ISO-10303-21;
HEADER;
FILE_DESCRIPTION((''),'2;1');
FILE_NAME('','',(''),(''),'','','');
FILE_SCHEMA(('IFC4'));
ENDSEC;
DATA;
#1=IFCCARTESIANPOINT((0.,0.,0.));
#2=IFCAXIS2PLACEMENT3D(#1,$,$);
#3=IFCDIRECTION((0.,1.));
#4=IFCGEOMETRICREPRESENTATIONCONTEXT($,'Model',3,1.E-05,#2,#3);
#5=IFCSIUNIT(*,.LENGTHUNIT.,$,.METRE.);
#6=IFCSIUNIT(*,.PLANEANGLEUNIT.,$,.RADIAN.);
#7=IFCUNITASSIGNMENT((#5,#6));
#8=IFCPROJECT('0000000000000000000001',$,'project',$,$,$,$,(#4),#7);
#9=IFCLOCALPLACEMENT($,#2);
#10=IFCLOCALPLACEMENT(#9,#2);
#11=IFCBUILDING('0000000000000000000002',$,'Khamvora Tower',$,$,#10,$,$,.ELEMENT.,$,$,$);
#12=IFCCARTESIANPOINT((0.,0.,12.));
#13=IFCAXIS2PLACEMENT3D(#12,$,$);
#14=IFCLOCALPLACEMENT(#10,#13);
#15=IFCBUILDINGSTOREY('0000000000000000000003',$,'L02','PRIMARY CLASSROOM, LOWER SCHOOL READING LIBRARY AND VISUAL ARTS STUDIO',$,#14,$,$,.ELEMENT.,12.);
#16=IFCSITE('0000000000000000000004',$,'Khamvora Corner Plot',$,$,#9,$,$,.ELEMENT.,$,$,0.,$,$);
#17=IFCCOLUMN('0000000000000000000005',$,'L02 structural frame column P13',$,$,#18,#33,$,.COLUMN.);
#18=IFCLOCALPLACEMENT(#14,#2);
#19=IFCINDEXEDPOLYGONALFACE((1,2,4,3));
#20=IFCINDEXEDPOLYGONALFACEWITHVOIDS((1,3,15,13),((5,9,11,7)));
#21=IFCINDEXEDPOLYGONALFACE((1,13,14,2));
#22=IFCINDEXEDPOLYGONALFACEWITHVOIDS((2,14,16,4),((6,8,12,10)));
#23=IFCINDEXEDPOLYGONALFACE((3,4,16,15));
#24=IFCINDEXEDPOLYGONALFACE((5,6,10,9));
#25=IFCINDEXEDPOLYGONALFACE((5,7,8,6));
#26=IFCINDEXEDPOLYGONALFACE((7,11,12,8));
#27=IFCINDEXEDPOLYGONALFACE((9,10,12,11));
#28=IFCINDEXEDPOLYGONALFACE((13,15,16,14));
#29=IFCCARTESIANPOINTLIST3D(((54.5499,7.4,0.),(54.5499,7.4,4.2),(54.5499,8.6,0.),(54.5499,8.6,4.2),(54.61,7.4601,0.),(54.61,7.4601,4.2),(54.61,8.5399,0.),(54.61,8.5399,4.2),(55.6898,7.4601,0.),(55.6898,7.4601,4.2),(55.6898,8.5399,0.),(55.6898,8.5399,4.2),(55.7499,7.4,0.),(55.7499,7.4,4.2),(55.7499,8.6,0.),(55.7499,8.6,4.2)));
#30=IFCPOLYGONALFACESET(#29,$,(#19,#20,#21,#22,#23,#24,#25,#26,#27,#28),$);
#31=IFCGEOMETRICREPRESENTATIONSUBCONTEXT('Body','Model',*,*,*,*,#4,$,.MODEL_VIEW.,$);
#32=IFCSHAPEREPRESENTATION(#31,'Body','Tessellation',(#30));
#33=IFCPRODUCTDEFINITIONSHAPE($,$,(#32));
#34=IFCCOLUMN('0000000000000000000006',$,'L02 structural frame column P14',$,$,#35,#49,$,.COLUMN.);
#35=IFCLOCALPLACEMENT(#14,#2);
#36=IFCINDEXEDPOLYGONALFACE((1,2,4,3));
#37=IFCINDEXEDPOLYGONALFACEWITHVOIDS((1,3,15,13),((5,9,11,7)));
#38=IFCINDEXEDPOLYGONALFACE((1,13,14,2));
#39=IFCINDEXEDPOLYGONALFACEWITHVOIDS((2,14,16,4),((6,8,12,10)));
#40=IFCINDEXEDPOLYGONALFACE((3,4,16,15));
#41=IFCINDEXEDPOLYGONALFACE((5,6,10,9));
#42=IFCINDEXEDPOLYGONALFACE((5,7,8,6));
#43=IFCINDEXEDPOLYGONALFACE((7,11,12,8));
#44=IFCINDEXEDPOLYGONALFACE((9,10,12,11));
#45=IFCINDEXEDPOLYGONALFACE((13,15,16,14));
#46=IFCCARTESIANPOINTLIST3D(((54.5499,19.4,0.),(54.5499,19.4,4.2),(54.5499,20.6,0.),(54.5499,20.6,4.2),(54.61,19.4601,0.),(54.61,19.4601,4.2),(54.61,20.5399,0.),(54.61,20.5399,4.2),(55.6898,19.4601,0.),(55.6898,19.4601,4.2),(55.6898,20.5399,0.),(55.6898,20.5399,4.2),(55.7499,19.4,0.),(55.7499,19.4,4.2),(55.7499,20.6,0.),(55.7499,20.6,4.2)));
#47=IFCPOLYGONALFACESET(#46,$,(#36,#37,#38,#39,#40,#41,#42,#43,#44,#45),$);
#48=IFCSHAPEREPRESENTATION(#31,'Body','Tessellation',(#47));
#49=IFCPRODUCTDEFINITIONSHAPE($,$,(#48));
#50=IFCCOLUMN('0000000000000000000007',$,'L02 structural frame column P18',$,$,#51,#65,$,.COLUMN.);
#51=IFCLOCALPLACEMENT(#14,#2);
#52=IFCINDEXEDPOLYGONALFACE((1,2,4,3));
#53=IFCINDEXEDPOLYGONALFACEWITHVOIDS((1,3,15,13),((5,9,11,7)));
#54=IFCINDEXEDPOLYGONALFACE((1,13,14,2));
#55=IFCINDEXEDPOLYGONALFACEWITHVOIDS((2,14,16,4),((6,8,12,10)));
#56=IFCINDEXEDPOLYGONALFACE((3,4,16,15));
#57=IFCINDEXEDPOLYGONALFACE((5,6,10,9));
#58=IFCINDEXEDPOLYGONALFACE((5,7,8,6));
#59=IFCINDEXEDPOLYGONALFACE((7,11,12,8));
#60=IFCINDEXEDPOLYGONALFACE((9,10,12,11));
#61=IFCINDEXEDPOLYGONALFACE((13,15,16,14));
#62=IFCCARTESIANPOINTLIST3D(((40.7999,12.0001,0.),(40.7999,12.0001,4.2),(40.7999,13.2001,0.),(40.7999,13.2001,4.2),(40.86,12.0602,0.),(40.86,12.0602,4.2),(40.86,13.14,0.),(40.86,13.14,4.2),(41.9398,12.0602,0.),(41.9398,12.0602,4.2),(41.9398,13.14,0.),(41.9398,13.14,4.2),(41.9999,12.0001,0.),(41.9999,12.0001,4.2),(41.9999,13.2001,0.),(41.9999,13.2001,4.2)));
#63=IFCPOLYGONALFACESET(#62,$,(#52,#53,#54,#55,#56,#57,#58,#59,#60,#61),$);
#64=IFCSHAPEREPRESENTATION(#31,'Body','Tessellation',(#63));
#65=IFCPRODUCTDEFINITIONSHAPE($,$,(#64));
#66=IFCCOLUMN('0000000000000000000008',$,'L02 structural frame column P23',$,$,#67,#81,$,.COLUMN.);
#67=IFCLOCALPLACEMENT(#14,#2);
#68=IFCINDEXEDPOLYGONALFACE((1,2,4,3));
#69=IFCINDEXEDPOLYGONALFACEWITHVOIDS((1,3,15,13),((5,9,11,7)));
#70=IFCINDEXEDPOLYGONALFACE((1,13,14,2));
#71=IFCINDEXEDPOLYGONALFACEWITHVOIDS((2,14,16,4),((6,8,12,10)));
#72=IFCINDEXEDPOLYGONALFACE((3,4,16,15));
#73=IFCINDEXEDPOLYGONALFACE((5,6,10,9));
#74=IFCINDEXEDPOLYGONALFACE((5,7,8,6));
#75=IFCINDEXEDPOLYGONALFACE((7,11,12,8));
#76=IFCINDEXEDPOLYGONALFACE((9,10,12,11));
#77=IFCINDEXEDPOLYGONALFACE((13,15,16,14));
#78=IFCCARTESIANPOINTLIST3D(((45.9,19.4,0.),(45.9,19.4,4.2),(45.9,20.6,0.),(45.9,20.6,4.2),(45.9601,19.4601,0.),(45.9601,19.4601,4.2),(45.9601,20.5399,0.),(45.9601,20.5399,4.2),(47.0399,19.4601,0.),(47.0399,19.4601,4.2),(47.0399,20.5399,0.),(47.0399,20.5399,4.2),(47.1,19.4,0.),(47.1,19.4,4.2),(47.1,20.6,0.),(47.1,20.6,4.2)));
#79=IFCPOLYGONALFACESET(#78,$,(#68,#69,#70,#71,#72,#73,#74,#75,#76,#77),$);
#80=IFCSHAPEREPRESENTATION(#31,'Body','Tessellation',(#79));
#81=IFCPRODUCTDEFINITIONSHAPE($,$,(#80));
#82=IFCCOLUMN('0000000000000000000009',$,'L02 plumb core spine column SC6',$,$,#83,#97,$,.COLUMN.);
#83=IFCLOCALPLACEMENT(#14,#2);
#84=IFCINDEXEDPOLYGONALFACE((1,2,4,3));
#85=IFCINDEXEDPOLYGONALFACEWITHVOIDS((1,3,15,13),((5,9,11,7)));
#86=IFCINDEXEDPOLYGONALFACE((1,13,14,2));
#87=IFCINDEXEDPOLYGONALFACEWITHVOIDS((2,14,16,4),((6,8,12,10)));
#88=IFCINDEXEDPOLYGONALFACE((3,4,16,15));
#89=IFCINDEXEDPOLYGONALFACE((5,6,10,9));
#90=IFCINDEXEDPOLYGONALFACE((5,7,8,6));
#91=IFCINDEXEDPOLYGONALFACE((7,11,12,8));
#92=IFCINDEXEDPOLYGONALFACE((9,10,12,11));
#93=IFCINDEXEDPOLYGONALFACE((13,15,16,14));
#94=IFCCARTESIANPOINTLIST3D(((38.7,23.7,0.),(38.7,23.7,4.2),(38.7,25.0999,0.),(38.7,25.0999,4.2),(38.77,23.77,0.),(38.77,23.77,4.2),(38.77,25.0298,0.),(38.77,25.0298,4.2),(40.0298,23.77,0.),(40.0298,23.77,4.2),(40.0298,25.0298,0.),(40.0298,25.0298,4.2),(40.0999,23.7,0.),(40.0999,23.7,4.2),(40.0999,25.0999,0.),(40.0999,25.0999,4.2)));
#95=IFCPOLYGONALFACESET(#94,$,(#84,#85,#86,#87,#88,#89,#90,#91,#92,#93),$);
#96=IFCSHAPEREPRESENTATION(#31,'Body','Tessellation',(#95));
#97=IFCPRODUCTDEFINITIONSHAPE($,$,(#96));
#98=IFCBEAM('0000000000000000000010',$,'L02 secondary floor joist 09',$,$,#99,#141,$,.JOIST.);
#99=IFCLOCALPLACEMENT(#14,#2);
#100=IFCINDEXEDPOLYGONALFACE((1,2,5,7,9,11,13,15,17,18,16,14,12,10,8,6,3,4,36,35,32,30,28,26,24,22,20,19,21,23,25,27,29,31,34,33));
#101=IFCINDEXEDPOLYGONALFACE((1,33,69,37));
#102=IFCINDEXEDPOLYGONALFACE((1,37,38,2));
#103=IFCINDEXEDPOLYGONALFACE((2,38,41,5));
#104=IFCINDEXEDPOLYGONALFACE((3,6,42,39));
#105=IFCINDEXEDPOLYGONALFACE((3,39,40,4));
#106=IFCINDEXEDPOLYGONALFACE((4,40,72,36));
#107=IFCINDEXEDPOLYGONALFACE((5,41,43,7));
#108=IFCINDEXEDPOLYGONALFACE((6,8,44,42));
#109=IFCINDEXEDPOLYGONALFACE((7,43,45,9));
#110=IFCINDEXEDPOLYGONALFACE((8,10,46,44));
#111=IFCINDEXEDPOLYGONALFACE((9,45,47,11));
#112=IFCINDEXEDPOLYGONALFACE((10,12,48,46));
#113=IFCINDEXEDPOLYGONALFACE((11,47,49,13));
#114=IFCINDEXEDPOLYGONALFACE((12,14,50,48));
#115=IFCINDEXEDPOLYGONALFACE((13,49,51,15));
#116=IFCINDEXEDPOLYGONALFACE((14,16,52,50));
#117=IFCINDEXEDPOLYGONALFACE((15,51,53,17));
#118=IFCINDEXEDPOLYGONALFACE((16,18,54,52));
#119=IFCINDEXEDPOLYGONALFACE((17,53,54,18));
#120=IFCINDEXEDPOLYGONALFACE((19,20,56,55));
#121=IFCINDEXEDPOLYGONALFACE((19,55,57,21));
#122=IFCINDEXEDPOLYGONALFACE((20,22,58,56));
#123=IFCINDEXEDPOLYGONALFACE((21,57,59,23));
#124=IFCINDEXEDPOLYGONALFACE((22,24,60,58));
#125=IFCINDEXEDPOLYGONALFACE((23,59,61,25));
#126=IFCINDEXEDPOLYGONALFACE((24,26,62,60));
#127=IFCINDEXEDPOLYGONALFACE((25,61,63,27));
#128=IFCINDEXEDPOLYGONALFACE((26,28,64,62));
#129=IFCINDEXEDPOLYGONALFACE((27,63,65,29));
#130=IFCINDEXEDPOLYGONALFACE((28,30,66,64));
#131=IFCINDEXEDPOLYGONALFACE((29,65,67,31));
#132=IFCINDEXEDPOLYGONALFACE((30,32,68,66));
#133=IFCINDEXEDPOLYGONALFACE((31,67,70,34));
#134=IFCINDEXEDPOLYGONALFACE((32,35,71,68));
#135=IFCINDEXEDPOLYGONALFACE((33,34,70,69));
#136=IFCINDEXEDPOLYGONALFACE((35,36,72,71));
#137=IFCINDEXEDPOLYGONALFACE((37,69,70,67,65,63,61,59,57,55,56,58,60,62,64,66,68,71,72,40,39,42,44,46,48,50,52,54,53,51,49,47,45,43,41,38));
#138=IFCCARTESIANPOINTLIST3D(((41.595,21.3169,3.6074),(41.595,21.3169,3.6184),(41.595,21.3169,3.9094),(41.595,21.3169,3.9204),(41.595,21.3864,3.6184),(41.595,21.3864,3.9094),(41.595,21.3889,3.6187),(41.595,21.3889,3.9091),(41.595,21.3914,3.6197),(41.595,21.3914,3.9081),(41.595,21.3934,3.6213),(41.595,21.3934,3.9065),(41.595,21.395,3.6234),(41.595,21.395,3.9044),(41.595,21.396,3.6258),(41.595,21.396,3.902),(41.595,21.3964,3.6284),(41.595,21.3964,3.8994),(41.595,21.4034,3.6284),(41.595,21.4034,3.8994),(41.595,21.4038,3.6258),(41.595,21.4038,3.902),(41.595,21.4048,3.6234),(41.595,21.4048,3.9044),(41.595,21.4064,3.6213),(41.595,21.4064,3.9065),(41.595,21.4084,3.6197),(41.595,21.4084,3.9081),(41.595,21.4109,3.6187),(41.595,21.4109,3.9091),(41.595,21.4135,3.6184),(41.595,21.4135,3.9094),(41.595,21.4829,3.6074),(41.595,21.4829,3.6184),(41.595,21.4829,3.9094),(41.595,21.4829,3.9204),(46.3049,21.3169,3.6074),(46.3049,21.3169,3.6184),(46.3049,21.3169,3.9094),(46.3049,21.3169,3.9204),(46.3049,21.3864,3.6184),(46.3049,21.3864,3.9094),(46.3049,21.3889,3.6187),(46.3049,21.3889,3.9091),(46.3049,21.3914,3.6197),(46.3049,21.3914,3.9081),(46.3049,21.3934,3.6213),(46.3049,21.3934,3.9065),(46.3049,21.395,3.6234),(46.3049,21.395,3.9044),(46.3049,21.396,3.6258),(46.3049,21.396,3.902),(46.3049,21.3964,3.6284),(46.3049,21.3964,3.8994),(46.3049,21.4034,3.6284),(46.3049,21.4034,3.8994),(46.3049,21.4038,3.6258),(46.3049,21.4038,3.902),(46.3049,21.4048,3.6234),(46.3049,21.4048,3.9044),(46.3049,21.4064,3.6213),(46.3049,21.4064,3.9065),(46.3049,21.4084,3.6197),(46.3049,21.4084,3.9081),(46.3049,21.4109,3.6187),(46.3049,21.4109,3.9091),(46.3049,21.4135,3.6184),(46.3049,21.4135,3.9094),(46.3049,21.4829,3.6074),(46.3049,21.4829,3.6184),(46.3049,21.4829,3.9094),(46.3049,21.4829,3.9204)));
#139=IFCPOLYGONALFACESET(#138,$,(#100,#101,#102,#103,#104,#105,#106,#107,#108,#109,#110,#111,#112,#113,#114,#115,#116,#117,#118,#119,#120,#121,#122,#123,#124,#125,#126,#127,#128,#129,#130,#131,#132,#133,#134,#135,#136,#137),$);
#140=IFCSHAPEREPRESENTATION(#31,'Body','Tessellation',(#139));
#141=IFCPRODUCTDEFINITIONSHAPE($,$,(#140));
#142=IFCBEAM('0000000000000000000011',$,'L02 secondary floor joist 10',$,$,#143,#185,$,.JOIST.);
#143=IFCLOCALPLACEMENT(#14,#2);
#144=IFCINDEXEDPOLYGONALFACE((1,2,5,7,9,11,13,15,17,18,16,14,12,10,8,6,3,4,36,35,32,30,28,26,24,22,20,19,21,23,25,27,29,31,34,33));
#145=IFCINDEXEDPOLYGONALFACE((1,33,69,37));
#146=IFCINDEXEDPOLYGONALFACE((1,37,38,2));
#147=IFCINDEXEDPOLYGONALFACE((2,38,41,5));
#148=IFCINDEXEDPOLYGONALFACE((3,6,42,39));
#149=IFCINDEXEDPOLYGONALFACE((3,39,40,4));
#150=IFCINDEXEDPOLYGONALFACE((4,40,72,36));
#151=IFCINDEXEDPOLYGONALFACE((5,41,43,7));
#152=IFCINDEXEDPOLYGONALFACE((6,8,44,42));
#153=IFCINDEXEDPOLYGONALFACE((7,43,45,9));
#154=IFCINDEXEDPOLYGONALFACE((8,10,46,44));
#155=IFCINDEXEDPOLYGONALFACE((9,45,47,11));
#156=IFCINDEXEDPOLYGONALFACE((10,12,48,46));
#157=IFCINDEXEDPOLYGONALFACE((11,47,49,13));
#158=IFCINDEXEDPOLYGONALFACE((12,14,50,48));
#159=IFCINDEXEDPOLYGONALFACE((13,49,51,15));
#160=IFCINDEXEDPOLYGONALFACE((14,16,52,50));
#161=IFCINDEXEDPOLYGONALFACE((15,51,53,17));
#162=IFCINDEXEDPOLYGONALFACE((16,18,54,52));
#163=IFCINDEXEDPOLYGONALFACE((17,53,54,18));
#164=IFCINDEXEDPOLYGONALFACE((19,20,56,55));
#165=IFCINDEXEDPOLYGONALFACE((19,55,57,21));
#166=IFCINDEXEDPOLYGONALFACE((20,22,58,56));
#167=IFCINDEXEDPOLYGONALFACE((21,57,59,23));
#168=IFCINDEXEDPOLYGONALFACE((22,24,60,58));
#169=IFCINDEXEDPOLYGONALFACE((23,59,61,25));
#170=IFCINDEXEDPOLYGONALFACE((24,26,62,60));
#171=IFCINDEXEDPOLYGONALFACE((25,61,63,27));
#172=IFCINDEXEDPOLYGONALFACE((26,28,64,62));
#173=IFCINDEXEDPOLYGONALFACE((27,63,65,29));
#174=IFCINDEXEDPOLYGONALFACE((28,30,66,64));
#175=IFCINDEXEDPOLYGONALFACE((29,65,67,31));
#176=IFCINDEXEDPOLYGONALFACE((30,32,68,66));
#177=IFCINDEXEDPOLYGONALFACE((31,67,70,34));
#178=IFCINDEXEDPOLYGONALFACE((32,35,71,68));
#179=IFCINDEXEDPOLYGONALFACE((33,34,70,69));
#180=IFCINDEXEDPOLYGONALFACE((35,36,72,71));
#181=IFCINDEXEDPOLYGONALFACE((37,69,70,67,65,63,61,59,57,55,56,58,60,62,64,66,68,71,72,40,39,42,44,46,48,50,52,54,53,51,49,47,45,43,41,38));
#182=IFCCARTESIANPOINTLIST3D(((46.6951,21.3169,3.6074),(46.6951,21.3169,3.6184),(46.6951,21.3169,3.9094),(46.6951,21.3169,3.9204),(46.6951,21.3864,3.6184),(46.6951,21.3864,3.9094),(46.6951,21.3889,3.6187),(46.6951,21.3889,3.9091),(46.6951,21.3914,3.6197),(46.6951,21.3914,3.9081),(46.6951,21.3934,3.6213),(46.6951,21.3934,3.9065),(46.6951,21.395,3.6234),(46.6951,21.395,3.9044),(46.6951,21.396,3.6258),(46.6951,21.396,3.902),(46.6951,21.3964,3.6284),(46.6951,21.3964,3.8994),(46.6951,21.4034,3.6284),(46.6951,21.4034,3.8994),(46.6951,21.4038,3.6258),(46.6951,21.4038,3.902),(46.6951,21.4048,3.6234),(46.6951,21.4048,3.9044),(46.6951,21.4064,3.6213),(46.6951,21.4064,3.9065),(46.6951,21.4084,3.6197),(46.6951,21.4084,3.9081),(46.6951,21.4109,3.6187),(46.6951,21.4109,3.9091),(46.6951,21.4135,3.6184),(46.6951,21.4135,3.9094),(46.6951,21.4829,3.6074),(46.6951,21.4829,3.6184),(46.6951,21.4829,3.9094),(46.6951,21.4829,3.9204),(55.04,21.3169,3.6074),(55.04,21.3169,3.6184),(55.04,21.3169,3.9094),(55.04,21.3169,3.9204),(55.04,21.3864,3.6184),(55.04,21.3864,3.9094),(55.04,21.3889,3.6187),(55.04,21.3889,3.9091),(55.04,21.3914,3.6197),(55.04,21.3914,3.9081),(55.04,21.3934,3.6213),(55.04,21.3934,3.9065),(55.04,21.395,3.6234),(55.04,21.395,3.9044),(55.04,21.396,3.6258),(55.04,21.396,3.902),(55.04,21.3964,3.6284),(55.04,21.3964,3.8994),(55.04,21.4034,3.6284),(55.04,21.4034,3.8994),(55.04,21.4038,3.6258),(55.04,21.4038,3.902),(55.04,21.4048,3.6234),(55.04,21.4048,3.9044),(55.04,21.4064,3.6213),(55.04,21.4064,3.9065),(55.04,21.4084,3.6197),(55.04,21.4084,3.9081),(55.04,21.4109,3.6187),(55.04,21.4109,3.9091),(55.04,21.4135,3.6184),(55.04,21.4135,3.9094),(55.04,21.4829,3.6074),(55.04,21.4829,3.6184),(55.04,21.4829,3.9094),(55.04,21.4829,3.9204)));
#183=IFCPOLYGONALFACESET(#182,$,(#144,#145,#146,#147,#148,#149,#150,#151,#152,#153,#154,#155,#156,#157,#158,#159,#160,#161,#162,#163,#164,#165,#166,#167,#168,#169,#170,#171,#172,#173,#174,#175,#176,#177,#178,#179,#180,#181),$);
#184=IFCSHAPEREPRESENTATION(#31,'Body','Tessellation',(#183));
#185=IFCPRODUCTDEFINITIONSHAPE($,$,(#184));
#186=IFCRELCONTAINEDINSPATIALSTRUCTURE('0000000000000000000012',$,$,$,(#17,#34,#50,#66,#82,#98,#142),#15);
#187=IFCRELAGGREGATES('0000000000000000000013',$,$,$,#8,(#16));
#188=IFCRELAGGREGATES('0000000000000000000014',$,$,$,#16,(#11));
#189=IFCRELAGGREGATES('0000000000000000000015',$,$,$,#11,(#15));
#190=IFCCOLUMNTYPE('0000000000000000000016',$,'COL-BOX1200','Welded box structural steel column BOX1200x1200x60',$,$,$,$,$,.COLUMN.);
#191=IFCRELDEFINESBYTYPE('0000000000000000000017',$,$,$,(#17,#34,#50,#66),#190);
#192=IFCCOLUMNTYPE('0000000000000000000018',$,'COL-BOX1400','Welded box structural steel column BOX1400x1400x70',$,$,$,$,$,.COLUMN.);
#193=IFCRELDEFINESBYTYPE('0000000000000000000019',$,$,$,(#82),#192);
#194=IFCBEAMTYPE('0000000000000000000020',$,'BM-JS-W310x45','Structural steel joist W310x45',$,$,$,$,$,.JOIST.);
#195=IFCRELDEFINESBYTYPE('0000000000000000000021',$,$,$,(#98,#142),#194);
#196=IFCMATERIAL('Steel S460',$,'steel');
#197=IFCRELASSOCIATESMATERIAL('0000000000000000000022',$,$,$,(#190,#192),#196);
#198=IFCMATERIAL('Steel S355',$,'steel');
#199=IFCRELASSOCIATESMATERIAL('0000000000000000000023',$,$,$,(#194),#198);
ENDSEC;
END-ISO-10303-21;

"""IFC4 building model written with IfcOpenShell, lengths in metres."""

from ifc_helpers import new_model, si_unit, direction, frame, origin, origin_2d, place, context, subcontext, project, spatial, hollow_rectangle, i_section, extrude, material, material_profile, profile_set, type_object, element, save


model = new_model("IFC4")

# Units and contexts
model_context = context("Model", 3, precision=1e-05, world=origin(), true_north=direction((0.0, 1.0)))
body_context = subcontext(model_context, "Body", "Model", "MODEL_VIEW")
ifc_project = project(units=[si_unit("LENGTHUNIT", "METRE"), si_unit("PLANEANGLEUNIT", "RADIAN")], contexts=[model_context])

# Site, building, storey
site_placement = place(None, origin())
site = spatial("IfcSite", under=ifc_project, at=site_placement, Name="Khamvora Corner Plot", CompositionType="ELEMENT", RefElevation=0.0)
building_placement = place(site_placement, origin())
building = spatial("IfcBuilding", under=site, at=building_placement, Name="Khamvora Tower", CompositionType="ELEMENT")
storey_placement = place(building_placement, frame((0.0, 0.0, 12.0)))
storey = spatial("IfcBuildingStorey", under=building, at=storey_placement, Name="L02", Description="PRIMARY CLASSROOM, LOWER SCHOOL READING LIBRARY AND VISUAL ARTS STUDIO", CompositionType="ELEMENT", Elevation=12.0)

# Columns
ifc_material_1 = material(Name="Steel S460", Category="steel")
ifc_material_profile_1 = material_profile(ifc_material_1, hollow_rectangle(XDim=1.2, YDim=1.2, WallThickness=0.0601, at=origin_2d()), Name="BOX1200x1200x60")
ifc_profile_set_1 = profile_set([ifc_material_profile_1], Name="Steel S460")
column_type_1 = type_object("IfcColumnType", Name="COL-BOX1200", Description="Welded box structural steel column BOX1200x1200x60", PredefinedType="COLUMN", material=ifc_profile_set_1)
for number, where, z_axis, x_axis, name in (
    (1, (55.1499, 8.0, 0.0), (0.0, 0.0, 1.0), (1.0, 0.0, 0.0), "L02 structural frame column P13"),
    (2, (55.1499, 20.0, 0.0), (0.0, 0.0, 1.0), (1.0, 0.0, 0.0), "L02 structural frame column P14"),
    (3, (41.3999, 12.6001, 0.0), (0.0, 0.0, 1.0), (1.0, 0.0, 0.0), "L02 structural frame column P18"),
    (4, (46.5, 20.0, 0.0), (0.0, 0.0, 1.0), (1.0, 0.0, 0.0), "L02 structural frame column P23"),
):
    element("IfcColumn", number, at=place(storey_placement, frame(where, z_axis=z_axis, x_axis=x_axis)), inside=storey, type_object=column_type_1, Name=name, PredefinedType="COLUMN", context=body_context, shape_type="SweptSolid", body=[
        extrude(hollow_rectangle(XDim=1.2, YDim=1.2, WallThickness=0.0601, at=origin_2d()), origin(), (0.0, 0.0, 1.0), 4.2),
    ])
ifc_material_profile_2 = material_profile(ifc_material_1, hollow_rectangle(XDim=1.3999, YDim=1.3999, WallThickness=0.0701, at=origin_2d()), Name="BOX1400x1400x70")
ifc_profile_set_2 = profile_set([ifc_material_profile_2], Name="Steel S460")
column_type_2 = type_object("IfcColumnType", Name="COL-BOX1400", Description="Welded box structural steel column BOX1400x1400x70", PredefinedType="COLUMN", material=ifc_profile_set_2)
column_placement = place(storey_placement, frame((39.3999, 24.3999, 0.0), z_axis=(0.0, 0.0, 1.0), x_axis=(1.0, 0.0, 0.0)))
element("IfcColumn", 5, at=column_placement, inside=storey, type_object=column_type_2, Name="L02 plumb core spine column SC6", PredefinedType="COLUMN", context=body_context, shape_type="SweptSolid", body=[
    extrude(hollow_rectangle(XDim=1.3999, YDim=1.3999, WallThickness=0.0701, at=origin_2d()), origin(), (0.0, 0.0, 1.0), 4.2),
])

# Beams
ifc_material_2 = material(Name="Steel S355", Category="steel")
ifc_material_profile_3 = material_profile(ifc_material_2, i_section(OverallWidth=0.166, OverallDepth=0.313, WebThickness=0.0071, FlangeThickness=0.011, FilletRadius=0.01, at=origin_2d()), Name="W310x45")
ifc_profile_set_3 = profile_set([ifc_material_profile_3], Name="Steel S355")
beam_type_1 = type_object("IfcBeamType", Name="BM-JS-W310x45", Description="Structural steel joist W310x45", PredefinedType="JOIST", material=ifc_profile_set_3)
beam_1_placement = place(storey_placement, frame((41.595, 21.3999, 3.7639), z_axis=(1.0, 0.0, 0.0), x_axis=(0.0, 1.0, 0.0)))
element("IfcBeam", 6, at=beam_1_placement, inside=storey, type_object=beam_type_1, Name="L02 secondary floor joist 09", PredefinedType="JOIST", context=body_context, shape_type="SweptSolid", body=[
    extrude(i_section(OverallWidth=0.166, OverallDepth=0.313, WebThickness=0.0071, FlangeThickness=0.011, FilletRadius=0.01, at=origin_2d()), origin(), (0.0, 0.0, 1.0), 4.71),
])
beam_2_placement = place(storey_placement, frame((46.6951, 21.3999, 3.7639), z_axis=(1.0, 0.0, 0.0), x_axis=(0.0, 1.0, 0.0)))
element("IfcBeam", 7, at=beam_2_placement, inside=storey, type_object=beam_type_1, Name="L02 secondary floor joist 10", PredefinedType="JOIST", context=body_context, shape_type="SweptSolid", body=[
    extrude(i_section(OverallWidth=0.166, OverallDepth=0.313, WebThickness=0.0071, FlangeThickness=0.011, FilletRadius=0.01, at=origin_2d()), origin(), (0.0, 0.0, 1.0), 8.345),
])

save(model, "model.ifc")
